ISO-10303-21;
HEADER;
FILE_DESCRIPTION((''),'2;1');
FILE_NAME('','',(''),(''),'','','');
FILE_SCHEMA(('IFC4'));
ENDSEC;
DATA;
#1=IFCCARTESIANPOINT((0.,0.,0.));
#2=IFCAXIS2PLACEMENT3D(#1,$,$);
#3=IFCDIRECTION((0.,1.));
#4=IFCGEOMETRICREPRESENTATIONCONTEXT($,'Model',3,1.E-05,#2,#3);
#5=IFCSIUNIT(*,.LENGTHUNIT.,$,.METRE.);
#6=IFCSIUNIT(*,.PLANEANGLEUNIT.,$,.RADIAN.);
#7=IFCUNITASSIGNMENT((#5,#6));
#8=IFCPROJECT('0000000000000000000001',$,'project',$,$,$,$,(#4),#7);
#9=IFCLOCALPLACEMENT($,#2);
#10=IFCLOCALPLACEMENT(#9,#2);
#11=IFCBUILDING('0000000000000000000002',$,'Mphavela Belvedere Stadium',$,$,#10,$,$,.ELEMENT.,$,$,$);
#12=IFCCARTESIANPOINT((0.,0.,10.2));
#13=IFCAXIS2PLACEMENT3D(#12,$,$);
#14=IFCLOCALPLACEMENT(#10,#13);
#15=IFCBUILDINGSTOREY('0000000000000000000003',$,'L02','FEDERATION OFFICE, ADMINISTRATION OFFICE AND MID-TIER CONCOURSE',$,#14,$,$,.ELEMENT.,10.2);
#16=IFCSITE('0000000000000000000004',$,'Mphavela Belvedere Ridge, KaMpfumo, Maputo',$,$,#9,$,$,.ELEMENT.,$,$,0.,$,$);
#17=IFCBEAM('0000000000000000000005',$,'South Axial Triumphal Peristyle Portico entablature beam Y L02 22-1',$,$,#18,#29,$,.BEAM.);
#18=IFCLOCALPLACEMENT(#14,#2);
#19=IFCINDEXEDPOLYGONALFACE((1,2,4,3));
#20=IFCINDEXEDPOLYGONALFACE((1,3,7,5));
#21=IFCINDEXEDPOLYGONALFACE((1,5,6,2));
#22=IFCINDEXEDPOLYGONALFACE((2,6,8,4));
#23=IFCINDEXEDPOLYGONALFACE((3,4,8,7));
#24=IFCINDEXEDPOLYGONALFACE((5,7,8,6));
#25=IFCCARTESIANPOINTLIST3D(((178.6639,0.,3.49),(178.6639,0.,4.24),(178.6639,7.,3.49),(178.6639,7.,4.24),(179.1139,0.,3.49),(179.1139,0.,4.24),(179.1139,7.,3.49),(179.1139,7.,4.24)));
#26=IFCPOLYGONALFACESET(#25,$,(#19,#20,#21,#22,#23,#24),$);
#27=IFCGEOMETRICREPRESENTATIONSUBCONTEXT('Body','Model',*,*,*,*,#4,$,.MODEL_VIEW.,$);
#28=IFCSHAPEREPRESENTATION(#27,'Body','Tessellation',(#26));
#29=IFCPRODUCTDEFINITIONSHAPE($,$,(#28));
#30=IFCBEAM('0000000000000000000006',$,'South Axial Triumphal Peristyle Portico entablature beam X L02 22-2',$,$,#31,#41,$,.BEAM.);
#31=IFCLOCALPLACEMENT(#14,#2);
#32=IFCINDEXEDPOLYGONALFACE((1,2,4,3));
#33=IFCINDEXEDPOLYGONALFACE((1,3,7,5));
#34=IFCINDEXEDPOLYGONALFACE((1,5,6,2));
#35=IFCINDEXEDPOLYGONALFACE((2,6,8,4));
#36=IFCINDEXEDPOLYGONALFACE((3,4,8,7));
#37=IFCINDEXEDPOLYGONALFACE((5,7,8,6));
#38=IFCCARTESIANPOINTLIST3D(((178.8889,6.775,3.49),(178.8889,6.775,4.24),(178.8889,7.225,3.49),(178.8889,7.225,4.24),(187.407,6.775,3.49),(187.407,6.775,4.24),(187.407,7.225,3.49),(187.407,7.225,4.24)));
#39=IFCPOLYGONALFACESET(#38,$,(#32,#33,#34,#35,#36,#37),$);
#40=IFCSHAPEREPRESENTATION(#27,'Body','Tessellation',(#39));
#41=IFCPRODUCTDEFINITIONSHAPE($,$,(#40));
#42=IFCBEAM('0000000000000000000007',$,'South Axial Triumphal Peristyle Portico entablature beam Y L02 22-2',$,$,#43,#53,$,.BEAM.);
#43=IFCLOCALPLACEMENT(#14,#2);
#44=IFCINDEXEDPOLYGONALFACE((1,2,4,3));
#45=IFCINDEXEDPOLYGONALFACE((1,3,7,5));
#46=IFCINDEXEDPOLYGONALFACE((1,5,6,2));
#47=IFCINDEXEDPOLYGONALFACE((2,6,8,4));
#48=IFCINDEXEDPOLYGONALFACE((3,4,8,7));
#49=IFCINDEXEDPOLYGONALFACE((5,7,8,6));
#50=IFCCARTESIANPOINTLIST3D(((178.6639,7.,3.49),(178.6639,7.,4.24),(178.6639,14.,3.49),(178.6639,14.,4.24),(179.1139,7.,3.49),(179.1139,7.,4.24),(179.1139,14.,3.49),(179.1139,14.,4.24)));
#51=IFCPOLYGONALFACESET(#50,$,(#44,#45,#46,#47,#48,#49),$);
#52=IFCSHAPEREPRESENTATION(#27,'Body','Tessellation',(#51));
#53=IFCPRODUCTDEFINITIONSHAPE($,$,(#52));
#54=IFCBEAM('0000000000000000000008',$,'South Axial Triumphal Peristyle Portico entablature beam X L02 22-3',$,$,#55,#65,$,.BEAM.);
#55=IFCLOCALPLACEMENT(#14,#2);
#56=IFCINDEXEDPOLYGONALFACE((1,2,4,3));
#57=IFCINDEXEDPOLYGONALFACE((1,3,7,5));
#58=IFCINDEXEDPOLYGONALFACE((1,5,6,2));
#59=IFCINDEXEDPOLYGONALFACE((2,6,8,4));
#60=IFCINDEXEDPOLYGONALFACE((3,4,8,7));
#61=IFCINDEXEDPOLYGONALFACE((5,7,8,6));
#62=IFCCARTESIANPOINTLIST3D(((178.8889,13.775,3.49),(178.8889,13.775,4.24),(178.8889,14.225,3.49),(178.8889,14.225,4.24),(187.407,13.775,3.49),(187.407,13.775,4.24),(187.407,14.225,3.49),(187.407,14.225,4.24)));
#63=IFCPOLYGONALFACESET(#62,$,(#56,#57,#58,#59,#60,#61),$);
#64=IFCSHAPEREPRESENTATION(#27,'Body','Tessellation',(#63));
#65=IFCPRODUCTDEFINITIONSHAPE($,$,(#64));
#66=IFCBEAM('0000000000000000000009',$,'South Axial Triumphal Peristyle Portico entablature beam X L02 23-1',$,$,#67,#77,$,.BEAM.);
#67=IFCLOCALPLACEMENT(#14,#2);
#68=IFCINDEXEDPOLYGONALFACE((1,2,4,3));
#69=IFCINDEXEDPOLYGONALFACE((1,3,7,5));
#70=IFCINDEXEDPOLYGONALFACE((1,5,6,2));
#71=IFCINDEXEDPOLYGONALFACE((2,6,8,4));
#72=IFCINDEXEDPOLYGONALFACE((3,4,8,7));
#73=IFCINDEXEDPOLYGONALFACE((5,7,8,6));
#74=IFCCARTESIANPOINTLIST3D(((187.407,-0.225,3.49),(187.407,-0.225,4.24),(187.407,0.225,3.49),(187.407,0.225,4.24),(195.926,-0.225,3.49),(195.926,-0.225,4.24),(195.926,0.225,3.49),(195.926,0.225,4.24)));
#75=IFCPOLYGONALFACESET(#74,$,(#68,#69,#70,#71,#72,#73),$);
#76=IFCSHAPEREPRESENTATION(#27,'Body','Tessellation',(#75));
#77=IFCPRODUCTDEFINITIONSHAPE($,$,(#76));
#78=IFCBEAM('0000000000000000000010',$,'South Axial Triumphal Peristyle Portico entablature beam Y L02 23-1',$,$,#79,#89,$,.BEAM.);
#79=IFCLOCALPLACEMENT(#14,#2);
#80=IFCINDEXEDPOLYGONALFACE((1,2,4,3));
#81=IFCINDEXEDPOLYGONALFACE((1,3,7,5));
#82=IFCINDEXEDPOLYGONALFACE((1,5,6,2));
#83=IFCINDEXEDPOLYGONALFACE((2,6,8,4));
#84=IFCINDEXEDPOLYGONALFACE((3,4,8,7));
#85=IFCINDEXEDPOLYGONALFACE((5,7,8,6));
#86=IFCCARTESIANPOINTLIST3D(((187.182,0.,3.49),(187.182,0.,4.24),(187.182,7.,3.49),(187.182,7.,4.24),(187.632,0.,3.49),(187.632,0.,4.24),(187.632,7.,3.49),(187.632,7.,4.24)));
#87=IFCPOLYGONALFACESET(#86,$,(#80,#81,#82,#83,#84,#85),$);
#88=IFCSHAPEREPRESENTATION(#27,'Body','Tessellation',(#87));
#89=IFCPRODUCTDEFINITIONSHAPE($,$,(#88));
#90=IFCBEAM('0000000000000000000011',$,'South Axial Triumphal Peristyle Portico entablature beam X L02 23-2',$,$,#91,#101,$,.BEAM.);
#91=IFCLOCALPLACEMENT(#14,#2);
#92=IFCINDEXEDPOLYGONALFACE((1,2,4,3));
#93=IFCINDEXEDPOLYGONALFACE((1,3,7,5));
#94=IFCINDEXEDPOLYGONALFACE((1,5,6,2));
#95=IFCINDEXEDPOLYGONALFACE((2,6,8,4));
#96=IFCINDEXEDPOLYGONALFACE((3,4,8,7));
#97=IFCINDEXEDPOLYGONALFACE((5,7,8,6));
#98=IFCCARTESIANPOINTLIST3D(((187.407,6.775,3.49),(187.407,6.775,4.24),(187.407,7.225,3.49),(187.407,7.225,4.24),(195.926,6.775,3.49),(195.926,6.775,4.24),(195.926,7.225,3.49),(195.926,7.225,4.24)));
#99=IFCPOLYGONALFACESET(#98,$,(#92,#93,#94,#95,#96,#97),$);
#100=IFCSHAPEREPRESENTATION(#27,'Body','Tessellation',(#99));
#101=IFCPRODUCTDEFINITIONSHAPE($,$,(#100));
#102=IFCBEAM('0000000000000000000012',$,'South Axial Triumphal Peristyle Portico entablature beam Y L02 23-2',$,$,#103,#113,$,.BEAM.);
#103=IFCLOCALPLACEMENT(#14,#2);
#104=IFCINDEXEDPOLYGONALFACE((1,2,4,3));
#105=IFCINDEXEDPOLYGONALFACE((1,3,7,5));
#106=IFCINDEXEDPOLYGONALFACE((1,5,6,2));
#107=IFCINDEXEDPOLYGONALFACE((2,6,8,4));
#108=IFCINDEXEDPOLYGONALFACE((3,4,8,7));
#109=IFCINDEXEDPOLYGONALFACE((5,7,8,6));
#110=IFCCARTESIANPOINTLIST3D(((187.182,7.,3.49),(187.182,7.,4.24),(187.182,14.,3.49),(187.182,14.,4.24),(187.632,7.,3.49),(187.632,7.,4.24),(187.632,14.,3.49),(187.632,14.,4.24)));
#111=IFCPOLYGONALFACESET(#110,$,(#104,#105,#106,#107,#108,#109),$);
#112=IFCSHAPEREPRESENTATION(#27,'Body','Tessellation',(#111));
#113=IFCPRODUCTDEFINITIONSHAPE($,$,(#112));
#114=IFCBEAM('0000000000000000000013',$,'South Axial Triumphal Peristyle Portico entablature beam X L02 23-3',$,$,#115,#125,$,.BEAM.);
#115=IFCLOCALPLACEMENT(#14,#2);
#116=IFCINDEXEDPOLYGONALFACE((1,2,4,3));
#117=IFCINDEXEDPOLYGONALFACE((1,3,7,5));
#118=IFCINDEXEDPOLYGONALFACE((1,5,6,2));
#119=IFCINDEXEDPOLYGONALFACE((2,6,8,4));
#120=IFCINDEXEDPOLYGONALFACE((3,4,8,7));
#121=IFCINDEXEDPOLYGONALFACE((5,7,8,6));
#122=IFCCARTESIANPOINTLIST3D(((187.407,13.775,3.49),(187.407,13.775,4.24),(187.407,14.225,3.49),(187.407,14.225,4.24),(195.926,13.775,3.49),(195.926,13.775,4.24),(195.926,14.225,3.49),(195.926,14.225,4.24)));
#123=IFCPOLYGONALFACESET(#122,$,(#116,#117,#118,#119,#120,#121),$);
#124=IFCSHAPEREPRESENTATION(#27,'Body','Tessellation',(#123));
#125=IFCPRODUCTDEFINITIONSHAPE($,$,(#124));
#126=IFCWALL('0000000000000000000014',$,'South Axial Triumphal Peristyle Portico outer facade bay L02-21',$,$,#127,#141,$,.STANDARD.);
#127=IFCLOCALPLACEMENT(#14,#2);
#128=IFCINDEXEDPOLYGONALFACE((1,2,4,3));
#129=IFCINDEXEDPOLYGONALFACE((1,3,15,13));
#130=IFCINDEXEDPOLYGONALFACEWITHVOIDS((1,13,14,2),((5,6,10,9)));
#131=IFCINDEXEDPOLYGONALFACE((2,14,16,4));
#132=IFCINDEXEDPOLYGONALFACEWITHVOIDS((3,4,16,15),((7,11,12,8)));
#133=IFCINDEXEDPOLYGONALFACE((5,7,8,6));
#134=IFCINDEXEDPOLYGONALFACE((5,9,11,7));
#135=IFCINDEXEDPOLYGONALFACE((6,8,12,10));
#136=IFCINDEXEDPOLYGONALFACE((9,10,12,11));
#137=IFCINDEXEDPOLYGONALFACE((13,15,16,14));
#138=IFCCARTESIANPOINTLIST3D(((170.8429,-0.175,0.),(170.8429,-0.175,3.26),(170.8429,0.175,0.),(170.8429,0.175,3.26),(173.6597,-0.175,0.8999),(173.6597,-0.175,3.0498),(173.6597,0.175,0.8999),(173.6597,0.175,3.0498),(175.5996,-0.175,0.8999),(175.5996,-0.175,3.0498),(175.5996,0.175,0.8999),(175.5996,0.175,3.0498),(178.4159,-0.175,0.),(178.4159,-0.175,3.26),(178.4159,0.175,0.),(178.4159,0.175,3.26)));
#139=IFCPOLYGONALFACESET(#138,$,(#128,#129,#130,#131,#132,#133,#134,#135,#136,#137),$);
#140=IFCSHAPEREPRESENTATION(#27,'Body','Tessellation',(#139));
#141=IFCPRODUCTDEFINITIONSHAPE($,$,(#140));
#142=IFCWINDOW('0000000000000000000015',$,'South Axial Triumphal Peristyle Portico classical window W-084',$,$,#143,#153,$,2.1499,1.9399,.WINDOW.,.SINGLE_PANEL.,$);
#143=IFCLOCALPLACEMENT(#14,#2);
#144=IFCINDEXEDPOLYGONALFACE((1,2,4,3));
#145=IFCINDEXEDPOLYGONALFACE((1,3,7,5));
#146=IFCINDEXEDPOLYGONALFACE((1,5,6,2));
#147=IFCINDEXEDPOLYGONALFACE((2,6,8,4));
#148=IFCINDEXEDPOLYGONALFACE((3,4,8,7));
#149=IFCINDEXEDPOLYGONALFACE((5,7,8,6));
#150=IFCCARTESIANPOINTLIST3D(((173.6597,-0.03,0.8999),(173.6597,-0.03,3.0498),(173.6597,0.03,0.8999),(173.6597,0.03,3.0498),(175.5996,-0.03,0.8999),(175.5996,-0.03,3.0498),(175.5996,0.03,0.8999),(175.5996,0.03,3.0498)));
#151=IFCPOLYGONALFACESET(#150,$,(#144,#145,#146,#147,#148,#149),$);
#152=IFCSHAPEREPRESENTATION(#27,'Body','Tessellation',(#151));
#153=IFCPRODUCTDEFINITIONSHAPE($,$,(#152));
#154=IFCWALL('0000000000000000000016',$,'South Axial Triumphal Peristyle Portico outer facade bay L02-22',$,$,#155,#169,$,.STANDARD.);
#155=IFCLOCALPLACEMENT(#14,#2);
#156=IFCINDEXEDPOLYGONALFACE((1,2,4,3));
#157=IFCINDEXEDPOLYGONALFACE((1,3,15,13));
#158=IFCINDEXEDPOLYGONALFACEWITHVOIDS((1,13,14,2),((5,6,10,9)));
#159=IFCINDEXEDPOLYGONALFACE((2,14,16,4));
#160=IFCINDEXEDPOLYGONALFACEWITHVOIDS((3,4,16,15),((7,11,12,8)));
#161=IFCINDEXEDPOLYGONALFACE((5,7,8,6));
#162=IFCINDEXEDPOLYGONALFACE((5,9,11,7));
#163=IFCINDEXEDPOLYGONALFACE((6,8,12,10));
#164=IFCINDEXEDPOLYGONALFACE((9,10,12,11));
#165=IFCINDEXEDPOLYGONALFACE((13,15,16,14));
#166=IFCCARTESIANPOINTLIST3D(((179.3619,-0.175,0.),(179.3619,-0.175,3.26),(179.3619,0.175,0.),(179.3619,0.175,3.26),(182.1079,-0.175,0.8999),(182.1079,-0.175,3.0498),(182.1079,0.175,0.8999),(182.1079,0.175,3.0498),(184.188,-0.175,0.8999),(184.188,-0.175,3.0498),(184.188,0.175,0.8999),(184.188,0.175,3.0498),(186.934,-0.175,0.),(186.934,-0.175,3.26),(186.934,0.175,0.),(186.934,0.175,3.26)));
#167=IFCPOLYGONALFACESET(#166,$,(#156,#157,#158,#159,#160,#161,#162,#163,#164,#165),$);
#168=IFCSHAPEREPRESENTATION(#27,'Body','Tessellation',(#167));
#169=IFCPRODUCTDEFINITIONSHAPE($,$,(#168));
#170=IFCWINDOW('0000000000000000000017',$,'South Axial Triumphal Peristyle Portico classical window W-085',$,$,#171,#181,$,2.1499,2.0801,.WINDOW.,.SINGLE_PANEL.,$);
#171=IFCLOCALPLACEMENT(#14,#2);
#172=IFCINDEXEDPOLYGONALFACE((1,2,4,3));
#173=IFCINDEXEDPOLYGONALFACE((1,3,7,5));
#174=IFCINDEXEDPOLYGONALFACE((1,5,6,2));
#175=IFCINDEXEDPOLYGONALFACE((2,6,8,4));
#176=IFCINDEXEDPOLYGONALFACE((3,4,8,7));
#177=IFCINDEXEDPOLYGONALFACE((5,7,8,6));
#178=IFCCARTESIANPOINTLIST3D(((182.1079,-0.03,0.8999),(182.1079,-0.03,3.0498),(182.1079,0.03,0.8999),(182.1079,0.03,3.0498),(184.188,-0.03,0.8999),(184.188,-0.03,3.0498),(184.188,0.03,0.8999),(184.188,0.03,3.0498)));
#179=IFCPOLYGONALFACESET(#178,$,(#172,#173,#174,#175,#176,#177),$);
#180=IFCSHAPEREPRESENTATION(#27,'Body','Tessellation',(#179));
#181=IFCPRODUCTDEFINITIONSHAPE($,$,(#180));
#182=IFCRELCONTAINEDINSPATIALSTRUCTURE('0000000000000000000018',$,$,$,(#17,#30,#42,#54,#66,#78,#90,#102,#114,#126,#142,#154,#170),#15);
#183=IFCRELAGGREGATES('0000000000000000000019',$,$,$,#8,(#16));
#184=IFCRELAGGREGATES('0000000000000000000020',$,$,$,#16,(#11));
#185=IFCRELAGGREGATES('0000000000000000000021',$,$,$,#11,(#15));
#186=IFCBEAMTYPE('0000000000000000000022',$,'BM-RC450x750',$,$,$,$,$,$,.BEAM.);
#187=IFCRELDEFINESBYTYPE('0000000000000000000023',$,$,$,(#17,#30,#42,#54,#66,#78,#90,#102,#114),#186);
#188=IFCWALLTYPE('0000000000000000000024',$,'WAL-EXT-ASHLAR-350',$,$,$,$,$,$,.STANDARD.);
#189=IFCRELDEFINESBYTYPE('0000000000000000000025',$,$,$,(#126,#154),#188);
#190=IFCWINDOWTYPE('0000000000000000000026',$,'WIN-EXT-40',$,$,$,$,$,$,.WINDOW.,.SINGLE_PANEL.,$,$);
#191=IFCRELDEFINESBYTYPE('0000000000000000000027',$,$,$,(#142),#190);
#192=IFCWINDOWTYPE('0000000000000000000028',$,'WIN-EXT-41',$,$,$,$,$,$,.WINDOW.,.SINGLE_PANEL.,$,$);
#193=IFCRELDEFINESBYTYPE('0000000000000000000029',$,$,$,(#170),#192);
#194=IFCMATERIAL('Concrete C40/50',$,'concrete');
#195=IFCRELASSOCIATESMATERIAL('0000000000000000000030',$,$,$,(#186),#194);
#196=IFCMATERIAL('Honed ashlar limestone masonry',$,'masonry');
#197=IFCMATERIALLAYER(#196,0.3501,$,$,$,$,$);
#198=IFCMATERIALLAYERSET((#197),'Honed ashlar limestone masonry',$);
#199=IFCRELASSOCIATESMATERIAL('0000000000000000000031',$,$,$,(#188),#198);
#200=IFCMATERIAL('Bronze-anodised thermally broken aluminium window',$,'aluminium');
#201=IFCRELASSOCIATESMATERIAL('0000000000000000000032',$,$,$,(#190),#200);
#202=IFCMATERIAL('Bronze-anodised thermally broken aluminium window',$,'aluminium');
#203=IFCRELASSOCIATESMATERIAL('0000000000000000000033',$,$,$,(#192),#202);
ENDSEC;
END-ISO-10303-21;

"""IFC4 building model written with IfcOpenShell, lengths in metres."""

from ifc_helpers import new_model, si_unit, direction, frame, frame_2d, origin, origin_2d, place, context, subcontext, project, spatial, rectangle, extrude, material, layer, layer_set, material_profile, profile_set, type_object, element, fill, save


model = new_model("IFC4")

# Units and contexts
model_context = context("Model", 3, precision=1e-05, world=origin(), true_north=direction((0.0, 1.0)))
body_context = subcontext(model_context, "Body", "Model", "MODEL_VIEW")
ifc_project = project(units=[si_unit("LENGTHUNIT", "METRE"), si_unit("PLANEANGLEUNIT", "RADIAN")], contexts=[model_context])

# Site, building, storey
site_placement = place(None, origin())
site = spatial("IfcSite", under=ifc_project, at=site_placement, Name="Mphavela Belvedere Ridge, KaMpfumo, Maputo", CompositionType="ELEMENT", RefElevation=0.0)
building_placement = place(site_placement, origin())
building = spatial("IfcBuilding", under=site, at=building_placement, Name="Mphavela Belvedere Stadium", CompositionType="ELEMENT")
storey_placement = place(building_placement, frame((0.0, 0.0, 10.2)))
storey = spatial("IfcBuildingStorey", under=building, at=storey_placement, Name="L02", Description="FEDERATION OFFICE, ADMINISTRATION OFFICE AND MID-TIER CONCOURSE", CompositionType="ELEMENT", Elevation=10.2)

# Beams
ifc_material_1 = material(Name="Concrete C40/50", Category="concrete")
ifc_material_profile_1 = material_profile(ifc_material_1, rectangle(XDim=0.45, YDim=0.75, at=origin_2d()), Name="RC 450x750")
ifc_profile_set_1 = profile_set([ifc_material_profile_1], Name="Concrete C40/50")
beam_type_1 = type_object("IfcBeamType", Name="BM-RC450x750", PredefinedType="BEAM", material=ifc_profile_set_1)
beam_1_placement = place(storey_placement, frame((178.8889, 0.0, 3.865), z_axis=(0.0, 1.0, 0.0), x_axis=(-1.0, 0.0, 0.0)))
element("IfcBeam", 1, at=beam_1_placement, inside=storey, type_object=beam_type_1, Name="South Axial Triumphal Peristyle Portico entablature beam Y L02 22-1", PredefinedType="BEAM", context=body_context, shape_type="SweptSolid", body=[
    extrude(rectangle(XDim=0.45, YDim=0.75, at=origin_2d()), origin(), (0.0, 0.0, 1.0), 7.0),
])
beam_2_placement = place(storey_placement, frame((178.8889, 7.0, 3.865), z_axis=(1.0, 0.0, 0.0), x_axis=(0.0, 1.0, 0.0)))
element("IfcBeam", 2, at=beam_2_placement, inside=storey, type_object=beam_type_1, Name="South Axial Triumphal Peristyle Portico entablature beam X L02 22-2", PredefinedType="BEAM", context=body_context, shape_type="SweptSolid", body=[
    extrude(rectangle(XDim=0.45, YDim=0.75, at=origin_2d()), origin(), (0.0, 0.0, 1.0), 8.5181),
])
beam_3_placement = place(storey_placement, frame((178.8889, 7.0, 3.865), z_axis=(0.0, 1.0, 0.0), x_axis=(-1.0, 0.0, 0.0)))
element("IfcBeam", 3, at=beam_3_placement, inside=storey, type_object=beam_type_1, Name="South Axial Triumphal Peristyle Portico entablature beam Y L02 22-2", PredefinedType="BEAM", context=body_context, shape_type="SweptSolid", body=[
    extrude(rectangle(XDim=0.45, YDim=0.75, at=origin_2d()), origin(), (0.0, 0.0, 1.0), 7.0),
])
beam_4_placement = place(storey_placement, frame((178.8889, 14.0, 3.865), z_axis=(1.0, 0.0, 0.0), x_axis=(0.0, 1.0, 0.0)))
element("IfcBeam", 4, at=beam_4_placement, inside=storey, type_object=beam_type_1, Name="South Axial Triumphal Peristyle Portico entablature beam X L02 22-3", PredefinedType="BEAM", context=body_context, shape_type="SweptSolid", body=[
    extrude(rectangle(XDim=0.45, YDim=0.75, at=origin_2d()), origin(), (0.0, 0.0, 1.0), 8.5181),
])
beam_5_placement = place(storey_placement, frame((187.407, 0.0, 3.865), z_axis=(1.0, 0.0, 0.0), x_axis=(0.0, 1.0, 0.0)))
element("IfcBeam", 5, at=beam_5_placement, inside=storey, type_object=beam_type_1, Name="South Axial Triumphal Peristyle Portico entablature beam X L02 23-1", PredefinedType="BEAM", context=body_context, shape_type="SweptSolid", body=[
    extrude(rectangle(XDim=0.45, YDim=0.75, at=origin_2d()), origin(), (0.0, 0.0, 1.0), 8.519),
])
beam_6_placement = place(storey_placement, frame((187.407, 0.0, 3.865), z_axis=(0.0, 1.0, 0.0), x_axis=(-1.0, 0.0, 0.0)))
element("IfcBeam", 6, at=beam_6_placement, inside=storey, type_object=beam_type_1, Name="South Axial Triumphal Peristyle Portico entablature beam Y L02 23-1", PredefinedType="BEAM", context=body_context, shape_type="SweptSolid", body=[
    extrude(rectangle(XDim=0.45, YDim=0.75, at=origin_2d()), origin(), (0.0, 0.0, 1.0), 7.0),
])
beam_7_placement = place(storey_placement, frame((187.407, 7.0, 3.865), z_axis=(1.0, 0.0, 0.0), x_axis=(0.0, 1.0, 0.0)))
element("IfcBeam", 7, at=beam_7_placement, inside=storey, type_object=beam_type_1, Name="South Axial Triumphal Peristyle Portico entablature beam X L02 23-2", PredefinedType="BEAM", context=body_context, shape_type="SweptSolid", body=[
    extrude(rectangle(XDim=0.45, YDim=0.75, at=origin_2d()), origin(), (0.0, 0.0, 1.0), 8.519),
])
beam_8_placement = place(storey_placement, frame((187.407, 7.0, 3.865), z_axis=(0.0, 1.0, 0.0), x_axis=(-1.0, 0.0, 0.0)))
element("IfcBeam", 8, at=beam_8_placement, inside=storey, type_object=beam_type_1, Name="South Axial Triumphal Peristyle Portico entablature beam Y L02 23-2", PredefinedType="BEAM", context=body_context, shape_type="SweptSolid", body=[
    extrude(rectangle(XDim=0.45, YDim=0.75, at=origin_2d()), origin(), (0.0, 0.0, 1.0), 7.0),
])
beam_9_placement = place(storey_placement, frame((187.407, 14.0, 3.865), z_axis=(1.0, 0.0, 0.0), x_axis=(0.0, 1.0, 0.0)))
element("IfcBeam", 9, at=beam_9_placement, inside=storey, type_object=beam_type_1, Name="South Axial Triumphal Peristyle Portico entablature beam X L02 23-3", PredefinedType="BEAM", context=body_context, shape_type="SweptSolid", body=[
    extrude(rectangle(XDim=0.45, YDim=0.75, at=origin_2d()), origin(), (0.0, 0.0, 1.0), 8.519),
])

# Walls, openings, windows
ifc_material_2 = material(Name="Honed ashlar limestone masonry", Category="masonry")
ifc_layer_1 = layer(ifc_material_2, 0.3501)
ifc_layer_set_1 = layer_set([ifc_layer_1], Name="Honed ashlar limestone masonry")
wall_type_1 = type_object("IfcWallType", Name="WAL-EXT-ASHLAR-350", PredefinedType="STANDARD", material=ifc_layer_set_1)
wall_1_placement = place(storey_placement, frame((178.416, 0.0, 0.0), z_axis=(0.0, 0.0, 1.0), x_axis=(-1.0, 0.0, 0.0)))
wall_1 = element("IfcWall", 10, at=wall_1_placement, inside=storey, type_object=wall_type_1, Name="South Axial Triumphal Peristyle Portico outer facade bay L02-21", PredefinedType="STANDARD", context=body_context, shape_type="SweptSolid", body=[
    extrude(rectangle(XDim=7.573, YDim=0.3501, at=frame_2d((3.7866, 0.0))), origin(), (0.0, 0.0, 1.0), 3.26),
])
opening_1_placement = place(wall_1_placement, frame((2.8164, 0.0, 0.8999)))
opening_1 = element("IfcOpeningElement", 11, at=opening_1_placement, cuts=wall_1, PredefinedType="OPENING", context=body_context, shape_type="SweptSolid", body=[
    extrude(rectangle(XDim=1.9399, YDim=2.1499, at=frame_2d((0.97, 1.075))), frame((0.0, 0.1851, 0.0), z_axis=(0.0, -1.0, 0.0), x_axis=(1.0, 0.0, 0.0)), (0.0, 0.0, 1.0), 0.3701),
])
ifc_material_3 = material(Name="Bronze-anodised thermally broken aluminium window", Category="aluminium")
window_type_1 = type_object("IfcWindowType", Name="WIN-EXT-40", PartitioningType="SINGLE_PANEL", PredefinedType="WINDOW", material=ifc_material_3)
window_1_placement = place(opening_1_placement, origin())
window_1 = element("IfcWindow", 12, at=window_1_placement, inside=storey, type_object=window_type_1, Name="South Axial Triumphal Peristyle Portico classical window W-084", OverallHeight=2.1499, OverallWidth=1.9399, PartitioningType="SINGLE_PANEL", PredefinedType="WINDOW", context=body_context, shape_type="SweptSolid", body=[
    extrude(rectangle(XDim=1.9399, YDim=2.1499, at=frame_2d((0.97, 1.075))), frame((0.0, 0.03, 0.0), z_axis=(0.0, -1.0, 0.0), x_axis=(1.0, 0.0, 0.0)), (0.0, 0.0, 1.0), 0.0601),
])
fill(opening_1, window_1)
wall_2_placement = place(storey_placement, frame((186.9341, 0.0, 0.0), z_axis=(0.0, 0.0, 1.0), x_axis=(-1.0, 0.0, 0.0)))
wall_2 = element("IfcWall", 13, at=wall_2_placement, inside=storey, type_object=wall_type_1, Name="South Axial Triumphal Peristyle Portico outer facade bay L02-22", PredefinedType="STANDARD", context=body_context, shape_type="SweptSolid", body=[
    extrude(rectangle(XDim=7.572, YDim=0.3501, at=frame_2d((3.7861, 0.0))), origin(), (0.0, 0.0, 1.0), 3.26),
])
opening_2_placement = place(wall_2_placement, frame((2.7461, 0.0, 0.8999)))
opening_2 = element("IfcOpeningElement", 14, at=opening_2_placement, cuts=wall_2, PredefinedType="OPENING", context=body_context, shape_type="SweptSolid", body=[
    extrude(rectangle(XDim=2.0801, YDim=2.1499, at=frame_2d((1.04, 1.075))), frame((0.0, 0.1851, 0.0), z_axis=(0.0, -1.0, 0.0), x_axis=(1.0, 0.0, 0.0)), (0.0, 0.0, 1.0), 0.3701),
])
ifc_material_4 = material(Name="Bronze-anodised thermally broken aluminium window", Category="aluminium")
window_type_2 = type_object("IfcWindowType", Name="WIN-EXT-41", PartitioningType="SINGLE_PANEL", PredefinedType="WINDOW", material=ifc_material_4)
window_2_placement = place(opening_2_placement, origin())
window_2 = element("IfcWindow", 15, at=window_2_placement, inside=storey, type_object=window_type_2, Name="South Axial Triumphal Peristyle Portico classical window W-085", OverallHeight=2.1499, OverallWidth=2.0801, PartitioningType="SINGLE_PANEL", PredefinedType="WINDOW", context=body_context, shape_type="SweptSolid", body=[
    extrude(rectangle(XDim=2.0801, YDim=2.1499, at=frame_2d((1.04, 1.075))), frame((0.0, 0.03, 0.0), z_axis=(0.0, -1.0, 0.0), x_axis=(1.0, 0.0, 0.0)), (0.0, 0.0, 1.0), 0.0601),
])
fill(opening_2, window_2)

save(model, "model.ifc")
